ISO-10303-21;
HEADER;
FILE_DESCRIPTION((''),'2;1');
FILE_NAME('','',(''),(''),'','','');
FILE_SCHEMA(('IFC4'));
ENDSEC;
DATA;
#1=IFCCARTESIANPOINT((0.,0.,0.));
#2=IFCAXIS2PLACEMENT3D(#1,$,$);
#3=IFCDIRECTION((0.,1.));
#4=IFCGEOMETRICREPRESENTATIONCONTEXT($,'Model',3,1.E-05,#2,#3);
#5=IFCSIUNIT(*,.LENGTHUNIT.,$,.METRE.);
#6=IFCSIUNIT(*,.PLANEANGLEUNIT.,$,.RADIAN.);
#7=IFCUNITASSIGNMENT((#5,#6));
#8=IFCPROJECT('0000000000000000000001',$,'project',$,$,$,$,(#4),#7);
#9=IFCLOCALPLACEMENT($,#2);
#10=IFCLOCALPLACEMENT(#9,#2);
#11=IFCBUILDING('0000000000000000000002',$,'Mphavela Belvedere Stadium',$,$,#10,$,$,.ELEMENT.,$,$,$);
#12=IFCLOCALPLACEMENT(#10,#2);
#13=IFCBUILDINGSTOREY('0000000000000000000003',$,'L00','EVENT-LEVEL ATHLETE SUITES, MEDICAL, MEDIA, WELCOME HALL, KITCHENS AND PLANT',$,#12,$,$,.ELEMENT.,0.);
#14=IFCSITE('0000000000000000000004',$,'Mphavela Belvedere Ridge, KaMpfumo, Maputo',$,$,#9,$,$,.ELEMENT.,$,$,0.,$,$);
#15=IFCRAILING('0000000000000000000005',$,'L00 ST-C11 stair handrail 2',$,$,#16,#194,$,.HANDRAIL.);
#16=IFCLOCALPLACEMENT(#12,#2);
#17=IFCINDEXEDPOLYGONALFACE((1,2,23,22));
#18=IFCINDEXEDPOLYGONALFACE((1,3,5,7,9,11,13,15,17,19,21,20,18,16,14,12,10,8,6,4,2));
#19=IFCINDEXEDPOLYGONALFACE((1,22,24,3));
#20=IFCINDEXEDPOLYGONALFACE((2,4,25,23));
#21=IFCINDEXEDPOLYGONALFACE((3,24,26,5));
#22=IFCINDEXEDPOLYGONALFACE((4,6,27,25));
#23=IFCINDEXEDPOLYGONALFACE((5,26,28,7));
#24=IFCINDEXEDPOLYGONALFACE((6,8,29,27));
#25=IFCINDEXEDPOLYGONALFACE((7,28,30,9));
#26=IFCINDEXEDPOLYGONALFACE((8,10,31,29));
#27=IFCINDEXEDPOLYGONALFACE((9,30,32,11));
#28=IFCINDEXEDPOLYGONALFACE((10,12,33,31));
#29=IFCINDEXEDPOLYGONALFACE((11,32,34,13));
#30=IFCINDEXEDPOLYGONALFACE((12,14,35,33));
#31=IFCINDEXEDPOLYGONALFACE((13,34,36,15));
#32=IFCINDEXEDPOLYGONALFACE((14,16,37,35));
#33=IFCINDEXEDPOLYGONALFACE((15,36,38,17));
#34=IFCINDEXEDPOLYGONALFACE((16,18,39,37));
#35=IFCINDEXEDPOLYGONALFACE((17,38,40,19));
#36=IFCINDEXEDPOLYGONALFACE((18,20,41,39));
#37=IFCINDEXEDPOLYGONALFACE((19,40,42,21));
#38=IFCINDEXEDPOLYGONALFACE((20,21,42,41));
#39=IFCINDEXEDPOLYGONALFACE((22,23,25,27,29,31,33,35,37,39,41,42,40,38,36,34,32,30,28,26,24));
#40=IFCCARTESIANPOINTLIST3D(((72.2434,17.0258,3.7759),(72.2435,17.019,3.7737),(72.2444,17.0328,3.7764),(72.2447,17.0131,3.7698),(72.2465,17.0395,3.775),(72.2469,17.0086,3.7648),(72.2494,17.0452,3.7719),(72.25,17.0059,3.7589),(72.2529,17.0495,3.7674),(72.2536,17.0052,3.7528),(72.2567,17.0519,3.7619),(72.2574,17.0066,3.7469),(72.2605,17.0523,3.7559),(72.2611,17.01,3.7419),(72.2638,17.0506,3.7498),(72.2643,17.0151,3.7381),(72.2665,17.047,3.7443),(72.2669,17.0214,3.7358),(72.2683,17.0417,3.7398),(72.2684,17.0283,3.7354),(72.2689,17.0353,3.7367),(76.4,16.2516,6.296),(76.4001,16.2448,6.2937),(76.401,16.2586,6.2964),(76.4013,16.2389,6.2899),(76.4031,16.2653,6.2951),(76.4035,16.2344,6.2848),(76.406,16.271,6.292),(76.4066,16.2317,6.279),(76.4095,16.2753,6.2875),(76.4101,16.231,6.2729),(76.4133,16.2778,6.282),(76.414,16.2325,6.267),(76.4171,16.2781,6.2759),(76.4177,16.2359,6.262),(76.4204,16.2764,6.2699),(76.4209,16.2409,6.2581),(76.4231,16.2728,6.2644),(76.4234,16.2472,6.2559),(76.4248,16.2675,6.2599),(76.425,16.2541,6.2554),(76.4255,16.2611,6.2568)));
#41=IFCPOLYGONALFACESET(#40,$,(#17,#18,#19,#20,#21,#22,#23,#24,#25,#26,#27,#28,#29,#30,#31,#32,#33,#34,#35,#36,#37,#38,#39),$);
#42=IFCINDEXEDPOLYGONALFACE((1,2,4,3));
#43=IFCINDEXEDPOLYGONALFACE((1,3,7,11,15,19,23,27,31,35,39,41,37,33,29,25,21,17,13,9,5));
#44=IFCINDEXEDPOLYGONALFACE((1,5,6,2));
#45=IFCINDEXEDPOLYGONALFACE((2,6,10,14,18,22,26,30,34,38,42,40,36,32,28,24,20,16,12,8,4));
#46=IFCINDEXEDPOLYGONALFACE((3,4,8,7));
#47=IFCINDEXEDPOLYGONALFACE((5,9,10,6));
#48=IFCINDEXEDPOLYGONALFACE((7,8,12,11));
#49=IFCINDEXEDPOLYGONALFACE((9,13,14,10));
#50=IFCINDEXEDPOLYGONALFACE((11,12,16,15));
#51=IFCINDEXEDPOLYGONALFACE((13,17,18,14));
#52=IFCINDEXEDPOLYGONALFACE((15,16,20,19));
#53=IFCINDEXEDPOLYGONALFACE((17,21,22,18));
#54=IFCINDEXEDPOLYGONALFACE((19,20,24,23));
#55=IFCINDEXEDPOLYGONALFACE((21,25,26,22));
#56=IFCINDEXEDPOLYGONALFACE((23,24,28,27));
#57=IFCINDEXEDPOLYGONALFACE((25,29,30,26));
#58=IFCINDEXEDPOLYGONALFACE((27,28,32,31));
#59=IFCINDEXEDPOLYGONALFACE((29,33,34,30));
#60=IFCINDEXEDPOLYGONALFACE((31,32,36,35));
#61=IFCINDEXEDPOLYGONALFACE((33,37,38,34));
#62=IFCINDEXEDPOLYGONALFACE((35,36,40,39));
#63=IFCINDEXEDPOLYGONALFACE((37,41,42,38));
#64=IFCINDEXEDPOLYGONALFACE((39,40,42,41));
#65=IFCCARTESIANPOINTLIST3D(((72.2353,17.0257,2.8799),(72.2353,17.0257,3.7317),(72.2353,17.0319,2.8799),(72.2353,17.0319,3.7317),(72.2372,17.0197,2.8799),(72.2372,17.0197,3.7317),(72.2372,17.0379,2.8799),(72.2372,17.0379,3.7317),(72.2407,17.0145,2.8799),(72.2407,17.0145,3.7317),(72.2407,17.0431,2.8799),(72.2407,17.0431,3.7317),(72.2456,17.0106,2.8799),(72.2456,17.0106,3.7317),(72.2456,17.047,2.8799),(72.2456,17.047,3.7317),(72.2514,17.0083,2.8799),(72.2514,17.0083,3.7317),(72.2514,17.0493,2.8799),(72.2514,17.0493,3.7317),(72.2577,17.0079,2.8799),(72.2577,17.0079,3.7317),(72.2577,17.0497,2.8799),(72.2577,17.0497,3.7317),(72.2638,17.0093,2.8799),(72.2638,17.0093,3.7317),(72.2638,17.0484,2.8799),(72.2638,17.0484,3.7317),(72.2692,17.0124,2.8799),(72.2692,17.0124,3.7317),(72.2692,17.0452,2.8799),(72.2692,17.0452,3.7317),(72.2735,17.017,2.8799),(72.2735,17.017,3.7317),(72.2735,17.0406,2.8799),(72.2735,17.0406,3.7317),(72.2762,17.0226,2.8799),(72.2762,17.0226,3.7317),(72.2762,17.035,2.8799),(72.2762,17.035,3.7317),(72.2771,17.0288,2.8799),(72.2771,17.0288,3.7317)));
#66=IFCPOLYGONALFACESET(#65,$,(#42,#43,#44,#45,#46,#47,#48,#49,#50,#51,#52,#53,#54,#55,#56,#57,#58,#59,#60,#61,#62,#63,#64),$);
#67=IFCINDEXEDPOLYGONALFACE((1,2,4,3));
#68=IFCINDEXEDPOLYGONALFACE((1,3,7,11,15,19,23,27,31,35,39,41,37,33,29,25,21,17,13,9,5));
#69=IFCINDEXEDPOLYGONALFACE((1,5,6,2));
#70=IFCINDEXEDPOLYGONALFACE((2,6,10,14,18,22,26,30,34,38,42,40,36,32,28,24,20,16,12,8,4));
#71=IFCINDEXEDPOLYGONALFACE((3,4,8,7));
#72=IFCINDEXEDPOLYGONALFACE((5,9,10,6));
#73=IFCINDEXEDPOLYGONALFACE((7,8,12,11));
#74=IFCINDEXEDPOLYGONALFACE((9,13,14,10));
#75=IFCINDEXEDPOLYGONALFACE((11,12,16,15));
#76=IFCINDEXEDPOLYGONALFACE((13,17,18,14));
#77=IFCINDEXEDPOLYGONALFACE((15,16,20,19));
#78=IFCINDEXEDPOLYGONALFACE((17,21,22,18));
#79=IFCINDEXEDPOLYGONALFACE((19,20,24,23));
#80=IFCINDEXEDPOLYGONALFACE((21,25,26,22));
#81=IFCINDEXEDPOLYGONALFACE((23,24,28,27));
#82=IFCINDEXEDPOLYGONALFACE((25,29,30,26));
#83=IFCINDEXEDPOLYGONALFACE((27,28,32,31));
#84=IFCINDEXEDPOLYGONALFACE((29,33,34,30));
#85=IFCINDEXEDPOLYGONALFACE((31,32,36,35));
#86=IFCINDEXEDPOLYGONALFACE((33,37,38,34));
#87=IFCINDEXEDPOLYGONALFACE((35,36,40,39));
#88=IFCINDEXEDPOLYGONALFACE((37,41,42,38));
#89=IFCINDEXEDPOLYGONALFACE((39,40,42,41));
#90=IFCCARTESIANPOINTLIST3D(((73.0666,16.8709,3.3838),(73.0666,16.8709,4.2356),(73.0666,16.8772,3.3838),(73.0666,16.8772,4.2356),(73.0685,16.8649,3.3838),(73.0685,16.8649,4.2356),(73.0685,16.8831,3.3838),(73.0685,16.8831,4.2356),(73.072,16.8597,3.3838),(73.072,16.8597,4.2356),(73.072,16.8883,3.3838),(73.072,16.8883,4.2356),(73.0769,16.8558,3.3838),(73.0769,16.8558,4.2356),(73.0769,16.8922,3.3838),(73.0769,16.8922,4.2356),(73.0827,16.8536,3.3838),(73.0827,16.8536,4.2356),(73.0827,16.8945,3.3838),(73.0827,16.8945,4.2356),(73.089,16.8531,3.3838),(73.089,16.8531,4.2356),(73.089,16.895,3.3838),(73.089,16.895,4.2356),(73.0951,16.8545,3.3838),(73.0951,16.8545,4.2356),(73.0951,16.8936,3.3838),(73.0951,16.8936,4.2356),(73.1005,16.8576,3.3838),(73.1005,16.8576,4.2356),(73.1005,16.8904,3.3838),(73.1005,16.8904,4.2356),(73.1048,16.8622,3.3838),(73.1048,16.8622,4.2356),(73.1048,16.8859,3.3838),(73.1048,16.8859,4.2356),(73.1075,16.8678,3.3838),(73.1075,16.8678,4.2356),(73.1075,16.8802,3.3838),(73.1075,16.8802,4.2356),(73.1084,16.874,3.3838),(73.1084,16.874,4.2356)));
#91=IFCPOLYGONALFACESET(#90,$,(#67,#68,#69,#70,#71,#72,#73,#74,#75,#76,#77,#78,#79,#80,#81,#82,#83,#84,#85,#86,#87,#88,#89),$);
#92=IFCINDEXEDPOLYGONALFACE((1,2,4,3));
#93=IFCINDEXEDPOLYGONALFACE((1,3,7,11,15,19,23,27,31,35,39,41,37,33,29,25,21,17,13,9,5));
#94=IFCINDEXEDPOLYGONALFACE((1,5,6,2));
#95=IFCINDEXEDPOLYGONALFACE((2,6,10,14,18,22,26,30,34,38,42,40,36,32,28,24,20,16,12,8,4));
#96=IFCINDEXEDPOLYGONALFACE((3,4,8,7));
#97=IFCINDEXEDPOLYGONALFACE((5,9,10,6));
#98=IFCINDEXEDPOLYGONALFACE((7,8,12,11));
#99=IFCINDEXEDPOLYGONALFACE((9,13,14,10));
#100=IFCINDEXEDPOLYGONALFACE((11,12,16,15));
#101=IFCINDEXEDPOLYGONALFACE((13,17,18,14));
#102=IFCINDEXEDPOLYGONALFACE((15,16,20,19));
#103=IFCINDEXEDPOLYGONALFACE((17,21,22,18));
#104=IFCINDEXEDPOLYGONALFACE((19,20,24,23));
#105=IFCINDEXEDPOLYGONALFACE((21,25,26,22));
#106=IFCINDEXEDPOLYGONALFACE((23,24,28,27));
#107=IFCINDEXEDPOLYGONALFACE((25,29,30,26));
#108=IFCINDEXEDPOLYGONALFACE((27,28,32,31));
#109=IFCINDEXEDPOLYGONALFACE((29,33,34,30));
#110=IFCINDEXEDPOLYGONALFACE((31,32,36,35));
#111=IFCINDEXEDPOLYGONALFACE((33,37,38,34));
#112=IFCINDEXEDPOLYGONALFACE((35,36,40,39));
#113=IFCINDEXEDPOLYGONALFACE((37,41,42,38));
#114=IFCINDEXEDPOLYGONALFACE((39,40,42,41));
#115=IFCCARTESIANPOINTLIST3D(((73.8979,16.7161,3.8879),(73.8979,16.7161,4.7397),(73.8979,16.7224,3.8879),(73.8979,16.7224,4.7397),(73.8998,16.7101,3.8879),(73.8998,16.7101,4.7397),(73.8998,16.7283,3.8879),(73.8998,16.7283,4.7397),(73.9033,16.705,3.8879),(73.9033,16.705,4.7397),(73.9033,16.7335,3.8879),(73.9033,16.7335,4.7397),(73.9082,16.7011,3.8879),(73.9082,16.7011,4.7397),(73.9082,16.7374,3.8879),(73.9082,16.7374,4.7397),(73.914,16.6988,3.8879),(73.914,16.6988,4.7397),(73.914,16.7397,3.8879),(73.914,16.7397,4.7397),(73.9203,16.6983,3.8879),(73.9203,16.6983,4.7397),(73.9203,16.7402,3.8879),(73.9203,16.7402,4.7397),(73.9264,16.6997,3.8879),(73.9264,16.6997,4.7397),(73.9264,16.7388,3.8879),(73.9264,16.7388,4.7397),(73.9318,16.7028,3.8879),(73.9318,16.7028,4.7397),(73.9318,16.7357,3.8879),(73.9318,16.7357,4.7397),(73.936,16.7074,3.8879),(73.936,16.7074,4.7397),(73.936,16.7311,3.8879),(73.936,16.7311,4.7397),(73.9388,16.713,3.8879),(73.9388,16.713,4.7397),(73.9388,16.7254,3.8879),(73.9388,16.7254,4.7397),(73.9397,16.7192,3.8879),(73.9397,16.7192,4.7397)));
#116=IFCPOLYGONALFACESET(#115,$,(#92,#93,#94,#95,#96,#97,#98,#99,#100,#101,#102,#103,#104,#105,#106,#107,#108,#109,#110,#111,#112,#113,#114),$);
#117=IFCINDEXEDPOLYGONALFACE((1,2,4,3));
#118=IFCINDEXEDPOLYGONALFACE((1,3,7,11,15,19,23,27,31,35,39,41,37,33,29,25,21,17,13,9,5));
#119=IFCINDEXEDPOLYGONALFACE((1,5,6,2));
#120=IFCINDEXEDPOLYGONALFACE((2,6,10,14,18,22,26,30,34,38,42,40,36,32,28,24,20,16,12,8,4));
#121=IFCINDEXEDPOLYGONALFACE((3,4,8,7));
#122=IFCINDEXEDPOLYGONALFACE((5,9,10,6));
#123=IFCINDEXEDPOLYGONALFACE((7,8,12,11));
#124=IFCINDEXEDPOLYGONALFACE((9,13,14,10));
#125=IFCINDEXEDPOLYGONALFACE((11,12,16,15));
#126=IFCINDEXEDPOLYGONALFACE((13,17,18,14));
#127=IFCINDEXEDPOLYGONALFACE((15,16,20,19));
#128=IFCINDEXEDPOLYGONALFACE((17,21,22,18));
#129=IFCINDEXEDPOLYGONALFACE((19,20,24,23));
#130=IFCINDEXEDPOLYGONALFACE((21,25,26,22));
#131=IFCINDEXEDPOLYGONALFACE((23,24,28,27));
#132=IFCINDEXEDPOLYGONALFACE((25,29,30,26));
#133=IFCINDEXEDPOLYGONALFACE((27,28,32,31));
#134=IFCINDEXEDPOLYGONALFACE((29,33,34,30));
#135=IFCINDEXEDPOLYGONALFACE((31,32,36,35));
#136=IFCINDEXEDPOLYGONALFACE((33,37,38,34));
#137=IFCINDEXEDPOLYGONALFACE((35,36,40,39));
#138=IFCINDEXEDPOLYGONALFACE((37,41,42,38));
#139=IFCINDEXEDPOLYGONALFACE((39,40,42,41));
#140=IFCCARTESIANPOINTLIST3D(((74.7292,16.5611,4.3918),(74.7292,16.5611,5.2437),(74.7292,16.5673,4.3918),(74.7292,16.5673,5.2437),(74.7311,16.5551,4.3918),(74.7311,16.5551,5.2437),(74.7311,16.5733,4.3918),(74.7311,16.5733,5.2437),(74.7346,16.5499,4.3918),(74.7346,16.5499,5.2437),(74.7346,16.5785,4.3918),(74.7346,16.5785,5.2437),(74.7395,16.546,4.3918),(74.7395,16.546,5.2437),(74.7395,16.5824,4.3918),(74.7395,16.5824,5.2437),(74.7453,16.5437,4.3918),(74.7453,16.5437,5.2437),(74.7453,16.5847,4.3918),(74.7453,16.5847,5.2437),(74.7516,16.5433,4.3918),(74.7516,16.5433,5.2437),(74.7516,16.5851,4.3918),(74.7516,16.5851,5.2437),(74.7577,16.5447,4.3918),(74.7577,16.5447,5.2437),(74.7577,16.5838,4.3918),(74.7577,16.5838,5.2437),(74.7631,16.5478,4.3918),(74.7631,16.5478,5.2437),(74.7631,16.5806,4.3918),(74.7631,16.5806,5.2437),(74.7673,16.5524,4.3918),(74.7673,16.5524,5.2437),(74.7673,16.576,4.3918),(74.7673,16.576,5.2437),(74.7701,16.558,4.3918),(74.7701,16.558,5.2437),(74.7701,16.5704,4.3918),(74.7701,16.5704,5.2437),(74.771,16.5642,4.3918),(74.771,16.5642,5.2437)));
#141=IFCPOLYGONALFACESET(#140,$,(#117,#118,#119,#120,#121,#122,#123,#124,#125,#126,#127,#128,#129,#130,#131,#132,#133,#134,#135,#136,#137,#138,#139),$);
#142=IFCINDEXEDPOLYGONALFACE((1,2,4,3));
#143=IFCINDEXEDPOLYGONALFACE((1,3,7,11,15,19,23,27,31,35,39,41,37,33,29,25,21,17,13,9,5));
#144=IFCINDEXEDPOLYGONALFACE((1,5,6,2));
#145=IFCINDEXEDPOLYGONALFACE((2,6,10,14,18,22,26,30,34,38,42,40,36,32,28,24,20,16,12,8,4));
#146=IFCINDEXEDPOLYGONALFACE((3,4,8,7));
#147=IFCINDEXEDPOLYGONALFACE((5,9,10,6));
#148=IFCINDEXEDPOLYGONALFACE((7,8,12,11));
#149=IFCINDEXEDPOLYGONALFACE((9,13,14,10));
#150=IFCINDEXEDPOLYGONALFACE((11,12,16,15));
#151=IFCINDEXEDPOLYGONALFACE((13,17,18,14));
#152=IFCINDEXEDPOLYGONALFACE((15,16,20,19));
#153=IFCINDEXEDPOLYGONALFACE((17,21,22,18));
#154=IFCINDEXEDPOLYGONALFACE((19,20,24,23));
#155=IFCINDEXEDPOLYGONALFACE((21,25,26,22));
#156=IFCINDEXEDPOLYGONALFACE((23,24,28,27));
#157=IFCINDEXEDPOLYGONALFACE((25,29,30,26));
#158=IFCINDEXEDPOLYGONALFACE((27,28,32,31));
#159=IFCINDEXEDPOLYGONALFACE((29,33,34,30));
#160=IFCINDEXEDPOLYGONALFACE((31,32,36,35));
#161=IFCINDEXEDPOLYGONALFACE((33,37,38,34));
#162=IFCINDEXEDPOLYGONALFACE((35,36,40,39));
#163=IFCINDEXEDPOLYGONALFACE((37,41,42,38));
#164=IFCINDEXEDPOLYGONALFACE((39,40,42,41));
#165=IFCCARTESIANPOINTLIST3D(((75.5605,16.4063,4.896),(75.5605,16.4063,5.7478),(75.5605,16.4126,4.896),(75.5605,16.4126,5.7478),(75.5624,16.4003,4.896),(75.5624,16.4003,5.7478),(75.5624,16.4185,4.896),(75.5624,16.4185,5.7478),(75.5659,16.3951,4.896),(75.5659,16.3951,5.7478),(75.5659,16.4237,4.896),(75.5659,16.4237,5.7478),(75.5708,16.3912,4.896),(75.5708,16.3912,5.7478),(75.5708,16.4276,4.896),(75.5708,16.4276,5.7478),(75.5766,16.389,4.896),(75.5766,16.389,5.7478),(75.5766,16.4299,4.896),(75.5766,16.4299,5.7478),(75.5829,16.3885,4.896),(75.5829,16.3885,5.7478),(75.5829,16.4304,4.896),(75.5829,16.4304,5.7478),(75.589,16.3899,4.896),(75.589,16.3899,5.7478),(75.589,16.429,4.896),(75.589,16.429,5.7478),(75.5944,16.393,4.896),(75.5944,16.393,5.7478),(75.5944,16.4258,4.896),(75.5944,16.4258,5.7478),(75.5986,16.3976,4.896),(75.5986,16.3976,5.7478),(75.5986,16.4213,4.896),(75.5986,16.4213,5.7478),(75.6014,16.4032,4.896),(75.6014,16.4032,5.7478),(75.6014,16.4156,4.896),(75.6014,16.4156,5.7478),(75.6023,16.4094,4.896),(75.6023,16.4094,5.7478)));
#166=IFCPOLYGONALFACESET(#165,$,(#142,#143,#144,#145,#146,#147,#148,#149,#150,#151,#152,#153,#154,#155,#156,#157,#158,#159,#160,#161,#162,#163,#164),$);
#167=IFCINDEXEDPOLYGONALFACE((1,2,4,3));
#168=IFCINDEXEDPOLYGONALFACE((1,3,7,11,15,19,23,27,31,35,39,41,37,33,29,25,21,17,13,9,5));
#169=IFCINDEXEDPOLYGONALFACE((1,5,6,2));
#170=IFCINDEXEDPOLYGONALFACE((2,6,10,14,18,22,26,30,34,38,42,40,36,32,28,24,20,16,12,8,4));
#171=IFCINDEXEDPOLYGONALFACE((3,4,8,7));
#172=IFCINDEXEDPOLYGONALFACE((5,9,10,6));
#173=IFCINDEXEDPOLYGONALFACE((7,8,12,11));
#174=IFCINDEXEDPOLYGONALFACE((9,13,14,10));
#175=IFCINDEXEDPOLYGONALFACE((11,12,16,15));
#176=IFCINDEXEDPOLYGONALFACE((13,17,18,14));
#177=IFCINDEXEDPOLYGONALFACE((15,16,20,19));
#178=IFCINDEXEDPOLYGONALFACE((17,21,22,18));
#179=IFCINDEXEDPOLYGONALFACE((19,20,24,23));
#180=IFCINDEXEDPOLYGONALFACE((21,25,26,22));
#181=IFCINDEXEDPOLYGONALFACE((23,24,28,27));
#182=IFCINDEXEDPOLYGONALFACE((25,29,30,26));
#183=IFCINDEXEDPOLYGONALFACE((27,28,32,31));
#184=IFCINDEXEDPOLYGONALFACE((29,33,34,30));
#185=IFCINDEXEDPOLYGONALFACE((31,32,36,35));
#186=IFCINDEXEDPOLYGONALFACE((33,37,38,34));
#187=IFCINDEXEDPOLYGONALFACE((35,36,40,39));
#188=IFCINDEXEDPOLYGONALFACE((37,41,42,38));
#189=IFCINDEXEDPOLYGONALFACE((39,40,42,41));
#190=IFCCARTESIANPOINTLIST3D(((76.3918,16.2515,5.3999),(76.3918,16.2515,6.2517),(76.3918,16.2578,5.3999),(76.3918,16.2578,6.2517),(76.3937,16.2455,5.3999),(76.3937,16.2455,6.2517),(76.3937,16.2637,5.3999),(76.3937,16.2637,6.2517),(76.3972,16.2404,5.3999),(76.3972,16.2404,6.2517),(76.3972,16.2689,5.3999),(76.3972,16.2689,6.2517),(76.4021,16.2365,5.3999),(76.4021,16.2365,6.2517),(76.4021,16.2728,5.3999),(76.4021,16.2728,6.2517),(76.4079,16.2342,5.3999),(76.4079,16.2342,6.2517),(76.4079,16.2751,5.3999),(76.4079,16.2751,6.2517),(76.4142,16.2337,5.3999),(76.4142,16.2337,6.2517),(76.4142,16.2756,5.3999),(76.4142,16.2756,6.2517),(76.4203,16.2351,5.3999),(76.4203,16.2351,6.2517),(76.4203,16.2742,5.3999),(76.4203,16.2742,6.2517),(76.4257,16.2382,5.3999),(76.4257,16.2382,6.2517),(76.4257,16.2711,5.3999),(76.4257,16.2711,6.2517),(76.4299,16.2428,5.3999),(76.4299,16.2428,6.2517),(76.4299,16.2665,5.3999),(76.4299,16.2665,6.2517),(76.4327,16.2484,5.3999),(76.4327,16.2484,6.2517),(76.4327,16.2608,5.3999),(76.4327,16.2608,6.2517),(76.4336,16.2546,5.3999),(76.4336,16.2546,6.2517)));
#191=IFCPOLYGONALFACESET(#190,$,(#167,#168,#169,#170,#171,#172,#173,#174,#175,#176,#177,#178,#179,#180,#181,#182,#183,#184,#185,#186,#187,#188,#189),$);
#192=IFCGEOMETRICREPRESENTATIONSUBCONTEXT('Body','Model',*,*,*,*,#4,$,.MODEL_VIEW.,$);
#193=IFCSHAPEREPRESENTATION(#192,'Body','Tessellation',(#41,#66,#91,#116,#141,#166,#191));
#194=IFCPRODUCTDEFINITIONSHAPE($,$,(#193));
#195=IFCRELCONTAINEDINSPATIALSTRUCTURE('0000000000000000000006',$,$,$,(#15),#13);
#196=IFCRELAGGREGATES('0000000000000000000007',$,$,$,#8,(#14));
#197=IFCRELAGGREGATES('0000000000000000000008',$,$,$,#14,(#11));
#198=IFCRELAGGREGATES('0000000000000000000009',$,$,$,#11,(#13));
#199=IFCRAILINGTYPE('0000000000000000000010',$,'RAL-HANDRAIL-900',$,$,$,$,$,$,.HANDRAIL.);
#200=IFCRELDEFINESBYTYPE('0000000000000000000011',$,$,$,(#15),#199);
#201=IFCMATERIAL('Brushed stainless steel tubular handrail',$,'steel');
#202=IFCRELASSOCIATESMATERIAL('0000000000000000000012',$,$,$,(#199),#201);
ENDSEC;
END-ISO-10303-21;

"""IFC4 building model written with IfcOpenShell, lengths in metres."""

from ifc_helpers import new_model, si_unit, direction, frame, origin, origin_2d, place, context, subcontext, project, spatial, circle, extrude, material, type_object, element, save


model = new_model("IFC4")

# Units and contexts
model_context = context("Model", 3, precision=1e-05, world=origin(), true_north=direction((0.0, 1.0)))
body_context = subcontext(model_context, "Body", "Model", "MODEL_VIEW")
ifc_project = project(units=[si_unit("LENGTHUNIT", "METRE"), si_unit("PLANEANGLEUNIT", "RADIAN")], contexts=[model_context])

# Site, building, storey
site_placement = place(None, origin())
site = spatial("IfcSite", under=ifc_project, at=site_placement, Name="Mphavela Belvedere Ridge, KaMpfumo, Maputo", CompositionType="ELEMENT", RefElevation=0.0)
building_placement = place(site_placement, origin())
building = spatial("IfcBuilding", under=site, at=building_placement, Name="Mphavela Belvedere Stadium", CompositionType="ELEMENT")
storey_placement = place(building_placement, origin())
storey = spatial("IfcBuildingStorey", under=building, at=storey_placement, Name="L00", Description="EVENT-LEVEL ATHLETE SUITES, MEDICAL, MEDIA, WELCOME HALL, KITCHENS AND PLANT", CompositionType="ELEMENT", Elevation=0.0)

# Railing
ifc_material_1 = material(Name="Brushed stainless steel tubular handrail", Category="steel")
railing_type = type_object("IfcRailingType", Name="RAL-HANDRAIL-900", PredefinedType="HANDRAIL", material=ifc_material_1)
railing_placement = place(storey_placement, frame((72.2561, 17.0288, 2.8799)))
element("IfcRailing", 1, at=railing_placement, inside=storey, type_object=railing_type, Name="L00 ST-C11 stair handrail 2", PredefinedType="HANDRAIL", context=body_context, shape_type="SweptSolid", body=[
    extrude(circle(Radius=0.0239, at=origin_2d()), frame((0.0, 0.0, 0.876), z_axis=(0.844469, -0.157287, 0.511989), x_axis=(0.183107, 0.983093, 0.0)), (0.0, 0.0, 1.0), 4.9221),
    extrude(circle(Radius=0.021, at=origin_2d()), origin(), (0.0, 0.0, 1.0), 0.8518),
    extrude(circle(Radius=0.021, at=origin_2d()), frame((0.8313, -0.1548, 0.5039)), (0.0, 0.0, 1.0), 0.8518),
    extrude(circle(Radius=0.021, at=origin_2d()), frame((1.6626, -0.3096, 1.0081)), (0.0, 0.0, 1.0), 0.8518),
    extrude(circle(Radius=0.021, at=origin_2d()), frame((2.4939, -0.4646, 1.512)), (0.0, 0.0, 1.0), 0.8518),
    extrude(circle(Radius=0.021, at=origin_2d()), frame((3.3252, -0.6194, 2.0161)), (0.0, 0.0, 1.0), 0.8518),
    extrude(circle(Radius=0.021, at=origin_2d()), frame((4.1565, -0.7742, 2.52)), (0.0, 0.0, 1.0), 0.8518),
])

save(model, "model.ifc")
